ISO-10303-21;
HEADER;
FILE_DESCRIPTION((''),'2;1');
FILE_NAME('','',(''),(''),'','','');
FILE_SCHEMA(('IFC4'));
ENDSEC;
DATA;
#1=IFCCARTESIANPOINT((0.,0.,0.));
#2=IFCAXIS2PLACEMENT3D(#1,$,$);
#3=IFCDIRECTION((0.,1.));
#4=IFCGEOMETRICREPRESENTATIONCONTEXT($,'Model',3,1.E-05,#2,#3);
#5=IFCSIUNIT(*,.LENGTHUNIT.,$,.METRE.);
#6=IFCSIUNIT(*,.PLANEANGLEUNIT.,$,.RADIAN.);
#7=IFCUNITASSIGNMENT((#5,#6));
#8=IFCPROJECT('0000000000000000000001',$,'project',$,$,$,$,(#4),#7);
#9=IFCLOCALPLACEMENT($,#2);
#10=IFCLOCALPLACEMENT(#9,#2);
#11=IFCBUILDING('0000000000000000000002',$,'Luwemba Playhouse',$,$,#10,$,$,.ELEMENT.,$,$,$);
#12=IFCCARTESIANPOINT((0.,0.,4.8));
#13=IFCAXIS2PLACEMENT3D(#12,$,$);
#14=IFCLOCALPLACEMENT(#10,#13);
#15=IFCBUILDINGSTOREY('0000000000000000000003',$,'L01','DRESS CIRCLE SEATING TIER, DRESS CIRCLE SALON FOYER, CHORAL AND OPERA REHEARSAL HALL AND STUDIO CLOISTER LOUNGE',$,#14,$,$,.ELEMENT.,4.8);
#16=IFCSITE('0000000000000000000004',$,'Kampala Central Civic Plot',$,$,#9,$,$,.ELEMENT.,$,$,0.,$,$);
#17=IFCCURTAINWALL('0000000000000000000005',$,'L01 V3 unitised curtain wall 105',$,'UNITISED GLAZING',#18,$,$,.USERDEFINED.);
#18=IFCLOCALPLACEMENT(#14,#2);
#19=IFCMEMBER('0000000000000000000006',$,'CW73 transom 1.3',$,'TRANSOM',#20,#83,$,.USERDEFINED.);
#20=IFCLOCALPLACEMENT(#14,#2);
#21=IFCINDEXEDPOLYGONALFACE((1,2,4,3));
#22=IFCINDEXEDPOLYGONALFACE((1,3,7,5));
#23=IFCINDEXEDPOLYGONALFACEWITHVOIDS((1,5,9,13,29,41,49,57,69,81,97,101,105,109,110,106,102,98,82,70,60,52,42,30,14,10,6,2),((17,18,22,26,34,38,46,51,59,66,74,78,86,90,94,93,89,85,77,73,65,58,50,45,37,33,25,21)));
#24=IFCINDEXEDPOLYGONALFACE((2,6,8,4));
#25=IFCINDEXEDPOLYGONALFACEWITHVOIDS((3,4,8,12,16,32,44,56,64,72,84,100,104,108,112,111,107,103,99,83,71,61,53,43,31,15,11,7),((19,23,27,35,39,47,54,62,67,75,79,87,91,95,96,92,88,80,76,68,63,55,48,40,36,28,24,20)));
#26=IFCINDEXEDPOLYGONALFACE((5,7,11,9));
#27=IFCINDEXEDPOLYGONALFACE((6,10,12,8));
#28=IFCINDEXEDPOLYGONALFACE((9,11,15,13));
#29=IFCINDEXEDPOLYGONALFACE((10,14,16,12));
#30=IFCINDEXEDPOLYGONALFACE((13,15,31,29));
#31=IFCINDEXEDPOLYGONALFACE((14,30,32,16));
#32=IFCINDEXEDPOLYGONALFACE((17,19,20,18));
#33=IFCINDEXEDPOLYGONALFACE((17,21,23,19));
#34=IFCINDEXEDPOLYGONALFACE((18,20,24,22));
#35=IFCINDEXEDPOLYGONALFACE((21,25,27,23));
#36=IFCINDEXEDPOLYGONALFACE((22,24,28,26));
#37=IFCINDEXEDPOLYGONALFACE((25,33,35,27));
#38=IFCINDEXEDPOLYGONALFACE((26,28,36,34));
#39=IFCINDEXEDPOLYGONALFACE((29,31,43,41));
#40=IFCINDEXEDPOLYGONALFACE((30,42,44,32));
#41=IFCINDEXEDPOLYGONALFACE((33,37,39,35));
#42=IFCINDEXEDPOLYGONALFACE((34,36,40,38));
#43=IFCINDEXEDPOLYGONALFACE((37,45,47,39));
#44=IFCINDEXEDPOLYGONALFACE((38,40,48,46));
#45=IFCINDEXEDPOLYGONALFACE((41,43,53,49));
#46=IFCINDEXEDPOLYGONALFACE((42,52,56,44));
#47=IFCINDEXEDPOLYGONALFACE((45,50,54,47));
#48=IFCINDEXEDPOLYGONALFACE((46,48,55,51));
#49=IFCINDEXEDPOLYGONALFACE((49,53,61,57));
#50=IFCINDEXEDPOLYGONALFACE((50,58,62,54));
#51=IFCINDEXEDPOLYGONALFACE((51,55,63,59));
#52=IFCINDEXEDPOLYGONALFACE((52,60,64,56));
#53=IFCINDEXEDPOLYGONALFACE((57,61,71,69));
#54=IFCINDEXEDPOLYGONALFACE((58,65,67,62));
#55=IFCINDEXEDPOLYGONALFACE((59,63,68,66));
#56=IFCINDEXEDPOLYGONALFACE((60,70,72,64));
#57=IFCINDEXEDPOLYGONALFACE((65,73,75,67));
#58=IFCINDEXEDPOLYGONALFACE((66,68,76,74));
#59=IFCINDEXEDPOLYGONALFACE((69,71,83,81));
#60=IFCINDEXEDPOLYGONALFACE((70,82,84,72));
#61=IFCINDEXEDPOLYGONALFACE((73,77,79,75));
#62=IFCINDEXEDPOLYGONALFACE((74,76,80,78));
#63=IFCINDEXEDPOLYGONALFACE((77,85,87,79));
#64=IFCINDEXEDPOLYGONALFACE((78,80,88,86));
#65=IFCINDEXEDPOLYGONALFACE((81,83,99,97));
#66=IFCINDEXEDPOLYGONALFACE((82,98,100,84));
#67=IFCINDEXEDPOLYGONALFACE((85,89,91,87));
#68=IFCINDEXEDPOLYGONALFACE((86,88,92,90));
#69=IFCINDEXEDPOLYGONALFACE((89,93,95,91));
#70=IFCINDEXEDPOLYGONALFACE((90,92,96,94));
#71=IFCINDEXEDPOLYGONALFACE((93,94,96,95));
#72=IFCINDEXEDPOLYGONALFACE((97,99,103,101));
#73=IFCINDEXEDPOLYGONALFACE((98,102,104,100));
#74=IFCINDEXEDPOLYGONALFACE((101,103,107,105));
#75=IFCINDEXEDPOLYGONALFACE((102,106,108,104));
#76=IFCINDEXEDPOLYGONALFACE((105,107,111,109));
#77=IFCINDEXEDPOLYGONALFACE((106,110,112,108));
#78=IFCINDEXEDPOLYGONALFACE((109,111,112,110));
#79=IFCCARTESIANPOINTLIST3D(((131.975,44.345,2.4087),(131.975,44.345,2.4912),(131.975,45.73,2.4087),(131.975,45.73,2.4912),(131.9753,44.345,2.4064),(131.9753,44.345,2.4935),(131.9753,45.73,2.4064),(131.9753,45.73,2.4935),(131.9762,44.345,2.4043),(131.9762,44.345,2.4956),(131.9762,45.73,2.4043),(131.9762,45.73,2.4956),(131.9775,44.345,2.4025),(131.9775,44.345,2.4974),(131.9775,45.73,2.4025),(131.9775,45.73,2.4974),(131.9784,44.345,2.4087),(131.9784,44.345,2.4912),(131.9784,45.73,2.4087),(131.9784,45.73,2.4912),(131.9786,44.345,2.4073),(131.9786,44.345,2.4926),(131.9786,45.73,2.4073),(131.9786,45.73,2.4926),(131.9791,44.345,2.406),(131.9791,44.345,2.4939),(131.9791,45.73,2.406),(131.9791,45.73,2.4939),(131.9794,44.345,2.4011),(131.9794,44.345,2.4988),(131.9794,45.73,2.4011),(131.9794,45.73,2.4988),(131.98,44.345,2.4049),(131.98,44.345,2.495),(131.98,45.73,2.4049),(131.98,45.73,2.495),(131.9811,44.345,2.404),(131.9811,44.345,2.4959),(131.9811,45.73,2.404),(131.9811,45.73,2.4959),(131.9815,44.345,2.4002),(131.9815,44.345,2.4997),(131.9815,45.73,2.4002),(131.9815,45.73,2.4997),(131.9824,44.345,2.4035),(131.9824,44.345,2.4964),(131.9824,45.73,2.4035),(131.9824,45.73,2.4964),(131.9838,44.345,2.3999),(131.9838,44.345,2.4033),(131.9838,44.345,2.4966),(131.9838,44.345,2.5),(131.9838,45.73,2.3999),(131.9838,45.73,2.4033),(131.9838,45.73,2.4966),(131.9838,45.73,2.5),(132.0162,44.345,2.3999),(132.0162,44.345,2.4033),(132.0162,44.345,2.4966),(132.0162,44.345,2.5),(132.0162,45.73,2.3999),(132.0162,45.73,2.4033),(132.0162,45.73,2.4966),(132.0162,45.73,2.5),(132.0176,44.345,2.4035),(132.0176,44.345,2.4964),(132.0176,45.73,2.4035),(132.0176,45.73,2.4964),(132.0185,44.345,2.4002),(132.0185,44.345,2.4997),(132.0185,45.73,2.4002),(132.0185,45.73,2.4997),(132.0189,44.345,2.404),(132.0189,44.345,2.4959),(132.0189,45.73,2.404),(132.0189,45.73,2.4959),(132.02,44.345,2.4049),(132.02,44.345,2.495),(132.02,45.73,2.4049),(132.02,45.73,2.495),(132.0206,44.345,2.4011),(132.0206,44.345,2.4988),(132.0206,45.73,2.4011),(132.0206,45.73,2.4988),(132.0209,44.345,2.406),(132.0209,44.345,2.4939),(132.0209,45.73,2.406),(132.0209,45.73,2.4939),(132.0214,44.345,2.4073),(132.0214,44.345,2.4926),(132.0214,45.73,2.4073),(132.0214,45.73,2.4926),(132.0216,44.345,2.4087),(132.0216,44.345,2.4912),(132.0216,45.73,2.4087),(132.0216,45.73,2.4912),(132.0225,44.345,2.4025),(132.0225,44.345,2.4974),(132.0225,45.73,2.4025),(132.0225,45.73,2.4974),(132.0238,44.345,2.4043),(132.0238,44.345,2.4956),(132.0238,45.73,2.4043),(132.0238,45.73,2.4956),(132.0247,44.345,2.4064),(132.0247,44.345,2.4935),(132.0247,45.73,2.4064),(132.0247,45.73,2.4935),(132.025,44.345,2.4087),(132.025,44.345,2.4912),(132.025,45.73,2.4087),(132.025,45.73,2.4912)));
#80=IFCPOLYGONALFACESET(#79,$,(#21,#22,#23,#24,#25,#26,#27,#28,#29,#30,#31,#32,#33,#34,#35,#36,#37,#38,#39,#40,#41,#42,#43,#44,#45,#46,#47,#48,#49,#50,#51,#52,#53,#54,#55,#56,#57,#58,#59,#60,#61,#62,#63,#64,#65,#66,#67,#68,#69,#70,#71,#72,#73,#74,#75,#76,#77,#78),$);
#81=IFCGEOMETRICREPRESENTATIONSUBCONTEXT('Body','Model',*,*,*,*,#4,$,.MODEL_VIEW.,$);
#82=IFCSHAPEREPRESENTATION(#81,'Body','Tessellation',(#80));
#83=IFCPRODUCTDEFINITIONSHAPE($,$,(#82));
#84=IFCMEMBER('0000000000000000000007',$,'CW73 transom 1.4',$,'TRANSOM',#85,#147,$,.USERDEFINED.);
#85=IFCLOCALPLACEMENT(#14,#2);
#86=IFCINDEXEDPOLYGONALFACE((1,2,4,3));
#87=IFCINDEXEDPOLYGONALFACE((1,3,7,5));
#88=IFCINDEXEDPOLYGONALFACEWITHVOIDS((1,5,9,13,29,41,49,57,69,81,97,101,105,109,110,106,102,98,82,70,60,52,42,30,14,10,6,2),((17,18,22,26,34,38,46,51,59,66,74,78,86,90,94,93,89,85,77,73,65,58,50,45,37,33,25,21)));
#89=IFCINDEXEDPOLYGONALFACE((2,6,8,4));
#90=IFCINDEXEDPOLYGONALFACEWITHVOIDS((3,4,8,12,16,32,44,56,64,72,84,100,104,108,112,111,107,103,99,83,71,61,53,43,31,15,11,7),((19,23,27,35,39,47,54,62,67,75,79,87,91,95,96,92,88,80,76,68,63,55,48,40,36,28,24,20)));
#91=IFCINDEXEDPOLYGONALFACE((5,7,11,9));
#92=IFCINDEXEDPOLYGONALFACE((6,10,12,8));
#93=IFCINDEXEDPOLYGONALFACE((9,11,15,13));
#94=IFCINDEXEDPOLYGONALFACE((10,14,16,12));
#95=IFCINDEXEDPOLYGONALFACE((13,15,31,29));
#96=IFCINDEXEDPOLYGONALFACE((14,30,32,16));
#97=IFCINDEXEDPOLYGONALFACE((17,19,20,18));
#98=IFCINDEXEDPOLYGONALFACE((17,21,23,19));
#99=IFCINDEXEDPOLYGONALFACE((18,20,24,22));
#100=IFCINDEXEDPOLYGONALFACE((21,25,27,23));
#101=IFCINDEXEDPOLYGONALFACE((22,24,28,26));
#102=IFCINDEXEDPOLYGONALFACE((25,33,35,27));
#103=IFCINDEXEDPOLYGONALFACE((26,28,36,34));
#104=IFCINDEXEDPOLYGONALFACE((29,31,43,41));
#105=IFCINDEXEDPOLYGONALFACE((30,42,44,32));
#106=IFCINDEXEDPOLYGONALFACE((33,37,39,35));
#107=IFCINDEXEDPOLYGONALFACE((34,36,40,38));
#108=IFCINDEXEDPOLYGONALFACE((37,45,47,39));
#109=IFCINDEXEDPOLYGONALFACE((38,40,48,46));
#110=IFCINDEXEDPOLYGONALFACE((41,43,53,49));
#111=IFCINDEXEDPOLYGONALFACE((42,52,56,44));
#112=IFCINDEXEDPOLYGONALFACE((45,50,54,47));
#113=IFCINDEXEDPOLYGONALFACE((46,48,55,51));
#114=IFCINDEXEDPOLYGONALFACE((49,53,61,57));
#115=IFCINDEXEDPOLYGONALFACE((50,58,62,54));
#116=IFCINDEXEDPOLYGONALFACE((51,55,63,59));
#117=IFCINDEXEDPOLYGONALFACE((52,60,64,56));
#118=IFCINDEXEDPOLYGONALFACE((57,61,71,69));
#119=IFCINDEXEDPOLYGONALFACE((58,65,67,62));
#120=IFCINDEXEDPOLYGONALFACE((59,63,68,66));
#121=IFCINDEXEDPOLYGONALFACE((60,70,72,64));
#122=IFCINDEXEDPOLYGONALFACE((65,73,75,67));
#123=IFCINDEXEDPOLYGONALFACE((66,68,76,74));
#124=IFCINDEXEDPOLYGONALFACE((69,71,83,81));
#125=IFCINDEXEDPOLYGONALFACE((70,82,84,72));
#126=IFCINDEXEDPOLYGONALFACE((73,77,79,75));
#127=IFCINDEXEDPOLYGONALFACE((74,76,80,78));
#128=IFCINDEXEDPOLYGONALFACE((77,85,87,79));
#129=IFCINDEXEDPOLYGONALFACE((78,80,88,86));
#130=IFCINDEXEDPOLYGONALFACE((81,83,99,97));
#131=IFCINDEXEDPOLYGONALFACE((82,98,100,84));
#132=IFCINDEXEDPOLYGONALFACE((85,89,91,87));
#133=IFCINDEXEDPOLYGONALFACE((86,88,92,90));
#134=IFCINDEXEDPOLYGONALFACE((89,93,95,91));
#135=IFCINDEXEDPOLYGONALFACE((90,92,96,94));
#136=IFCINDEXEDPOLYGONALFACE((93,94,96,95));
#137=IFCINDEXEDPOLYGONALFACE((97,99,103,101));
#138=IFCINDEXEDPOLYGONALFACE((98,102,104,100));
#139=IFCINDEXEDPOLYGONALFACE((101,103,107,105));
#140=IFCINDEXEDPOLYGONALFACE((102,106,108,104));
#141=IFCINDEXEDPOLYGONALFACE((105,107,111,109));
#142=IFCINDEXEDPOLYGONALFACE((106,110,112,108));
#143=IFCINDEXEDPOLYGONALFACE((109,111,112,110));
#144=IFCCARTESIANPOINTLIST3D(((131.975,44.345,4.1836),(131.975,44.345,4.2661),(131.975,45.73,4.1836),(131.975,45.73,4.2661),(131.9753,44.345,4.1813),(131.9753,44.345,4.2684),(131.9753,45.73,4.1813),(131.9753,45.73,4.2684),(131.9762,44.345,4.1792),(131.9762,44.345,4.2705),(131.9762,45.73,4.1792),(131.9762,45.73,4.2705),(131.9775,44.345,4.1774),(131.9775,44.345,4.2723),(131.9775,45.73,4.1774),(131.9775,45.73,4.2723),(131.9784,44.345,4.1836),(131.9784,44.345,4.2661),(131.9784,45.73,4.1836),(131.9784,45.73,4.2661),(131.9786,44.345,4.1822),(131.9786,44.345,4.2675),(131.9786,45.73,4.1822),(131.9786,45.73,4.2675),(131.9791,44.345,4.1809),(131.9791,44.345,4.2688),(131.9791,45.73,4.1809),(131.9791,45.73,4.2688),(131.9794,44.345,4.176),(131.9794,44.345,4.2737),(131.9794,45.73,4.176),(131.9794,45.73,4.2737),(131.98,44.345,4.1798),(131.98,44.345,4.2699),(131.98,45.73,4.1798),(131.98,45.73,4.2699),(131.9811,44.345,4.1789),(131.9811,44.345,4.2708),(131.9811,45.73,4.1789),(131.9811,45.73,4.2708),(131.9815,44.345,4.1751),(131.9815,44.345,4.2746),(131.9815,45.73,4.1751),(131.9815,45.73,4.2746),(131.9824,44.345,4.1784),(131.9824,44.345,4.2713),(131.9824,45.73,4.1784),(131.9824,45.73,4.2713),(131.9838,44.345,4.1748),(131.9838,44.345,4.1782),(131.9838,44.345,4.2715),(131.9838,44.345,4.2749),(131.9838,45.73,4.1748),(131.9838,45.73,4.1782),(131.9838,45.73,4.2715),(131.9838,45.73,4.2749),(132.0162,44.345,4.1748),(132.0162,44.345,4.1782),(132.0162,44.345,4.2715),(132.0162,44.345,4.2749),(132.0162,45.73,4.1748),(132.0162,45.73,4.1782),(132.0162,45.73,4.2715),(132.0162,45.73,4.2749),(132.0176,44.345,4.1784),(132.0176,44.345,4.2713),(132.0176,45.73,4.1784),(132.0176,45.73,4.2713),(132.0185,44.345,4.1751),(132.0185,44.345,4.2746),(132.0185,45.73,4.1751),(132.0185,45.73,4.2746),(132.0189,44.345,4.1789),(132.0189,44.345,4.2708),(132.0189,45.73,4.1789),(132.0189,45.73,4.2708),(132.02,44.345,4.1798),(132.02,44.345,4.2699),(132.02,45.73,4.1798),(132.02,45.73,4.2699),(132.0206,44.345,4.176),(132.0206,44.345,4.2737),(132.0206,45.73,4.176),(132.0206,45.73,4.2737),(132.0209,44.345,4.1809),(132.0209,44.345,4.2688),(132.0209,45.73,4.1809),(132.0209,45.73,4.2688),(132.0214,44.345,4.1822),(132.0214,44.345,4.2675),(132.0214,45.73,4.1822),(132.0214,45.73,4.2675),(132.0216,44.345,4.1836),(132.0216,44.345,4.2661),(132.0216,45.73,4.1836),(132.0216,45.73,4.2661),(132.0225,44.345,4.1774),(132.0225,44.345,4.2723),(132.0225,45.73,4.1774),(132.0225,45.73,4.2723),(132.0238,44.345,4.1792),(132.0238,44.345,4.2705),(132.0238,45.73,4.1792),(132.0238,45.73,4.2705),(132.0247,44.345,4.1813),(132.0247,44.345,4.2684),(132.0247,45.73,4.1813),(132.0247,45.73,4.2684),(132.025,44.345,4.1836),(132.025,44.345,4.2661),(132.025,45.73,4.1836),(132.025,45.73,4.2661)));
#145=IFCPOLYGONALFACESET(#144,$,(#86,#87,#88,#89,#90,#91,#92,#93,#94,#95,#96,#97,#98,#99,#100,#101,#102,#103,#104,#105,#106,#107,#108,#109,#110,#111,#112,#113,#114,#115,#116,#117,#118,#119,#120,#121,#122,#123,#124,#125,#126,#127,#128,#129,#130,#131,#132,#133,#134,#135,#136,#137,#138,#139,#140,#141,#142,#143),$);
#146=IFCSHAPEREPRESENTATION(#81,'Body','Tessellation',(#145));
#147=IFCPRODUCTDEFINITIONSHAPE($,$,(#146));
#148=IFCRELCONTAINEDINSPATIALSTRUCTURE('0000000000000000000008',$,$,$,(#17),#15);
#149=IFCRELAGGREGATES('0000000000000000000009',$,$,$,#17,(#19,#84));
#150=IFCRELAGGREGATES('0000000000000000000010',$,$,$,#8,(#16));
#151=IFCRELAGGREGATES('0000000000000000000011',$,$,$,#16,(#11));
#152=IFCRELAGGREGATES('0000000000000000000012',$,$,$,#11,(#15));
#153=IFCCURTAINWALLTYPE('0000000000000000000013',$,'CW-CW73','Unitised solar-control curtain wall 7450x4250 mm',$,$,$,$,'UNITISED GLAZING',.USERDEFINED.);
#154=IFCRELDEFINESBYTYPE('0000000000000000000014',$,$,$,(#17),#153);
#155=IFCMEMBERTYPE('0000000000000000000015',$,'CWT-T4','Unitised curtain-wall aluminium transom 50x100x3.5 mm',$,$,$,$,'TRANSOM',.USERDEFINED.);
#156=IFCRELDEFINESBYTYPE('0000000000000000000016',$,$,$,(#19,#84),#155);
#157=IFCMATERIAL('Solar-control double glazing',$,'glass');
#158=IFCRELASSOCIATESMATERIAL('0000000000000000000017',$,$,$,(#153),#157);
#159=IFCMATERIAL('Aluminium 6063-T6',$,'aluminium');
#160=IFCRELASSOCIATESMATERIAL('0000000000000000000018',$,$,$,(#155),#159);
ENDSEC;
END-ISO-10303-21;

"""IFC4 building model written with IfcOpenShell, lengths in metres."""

from ifc_helpers import new_model, si_unit, direction, frame, origin, origin_2d, place, context, subcontext, project, spatial, hollow_rectangle, extrude, material, material_profile, profile_set, type_object, element, aggregate, save


model = new_model("IFC4")

# Units and contexts
model_context = context("Model", 3, precision=1e-05, world=origin(), true_north=direction((0.0, 1.0)))
body_context = subcontext(model_context, "Body", "Model", "MODEL_VIEW")
ifc_project = project(units=[si_unit("LENGTHUNIT", "METRE"), si_unit("PLANEANGLEUNIT", "RADIAN")], contexts=[model_context])

# Site, building, storey
site_placement = place(None, origin())
site = spatial("IfcSite", under=ifc_project, at=site_placement, Name="Kampala Central Civic Plot", CompositionType="ELEMENT", RefElevation=0.0)
building_placement = place(site_placement, origin())
building = spatial("IfcBuilding", under=site, at=building_placement, Name="Luwemba Playhouse", CompositionType="ELEMENT")
storey_placement = place(building_placement, frame((0.0, 0.0, 4.8)))
storey = spatial("IfcBuildingStorey", under=building, at=storey_placement, Name="L01", Description="DRESS CIRCLE SEATING TIER, DRESS CIRCLE SALON FOYER, CHORAL AND OPERA REHEARSAL HALL AND STUDIO CLOISTER LOUNGE", CompositionType="ELEMENT", Elevation=4.8)

# Curtain wall, members
ifc_material_1 = material(Name="Solar-control double glazing", Category="glass")
curtain_wall_type = type_object("IfcCurtainWallType", Name="CW-CW73", Description="Unitised solar-control curtain wall 7450x4250 mm", ElementType="UNITISED GLAZING", PredefinedType="USERDEFINED", material=ifc_material_1)
curtain_wall_placement = place(storey_placement, origin())
curtain_wall = element("IfcCurtainWall", 1, at=curtain_wall_placement, inside=storey, type_object=curtain_wall_type, Name="L01 V3 unitised curtain wall 105", ObjectType="UNITISED GLAZING", PredefinedType="USERDEFINED")
ifc_material_2 = material(Name="Aluminium 6063-T6", Category="aluminium")
ifc_material_profile_1 = material_profile(ifc_material_2, hollow_rectangle(XDim=0.05, YDim=0.1001, WallThickness=0.0034, InnerFilletRadius=0.0054, OuterFilletRadius=0.0088, at=origin_2d()))
ifc_profile_set_1 = profile_set([ifc_material_profile_1], Name="Aluminium 6063-T6")
member_type_1 = type_object("IfcMemberType", Name="CWT-T4", Description="Unitised curtain-wall aluminium transom 50x100x3.5 mm", ElementType="TRANSOM", PredefinedType="USERDEFINED", material=ifc_profile_set_1)
member_1_placement = place(storey_placement, frame((132.0, 44.345, 2.45), z_axis=(0.0, 1.0, 0.0), x_axis=(-1.0, 0.0, 0.0)))
member_1 = element("IfcMember", 2, at=member_1_placement, type_object=member_type_1, Name="CW73 transom 1.3", ObjectType="TRANSOM", PredefinedType="USERDEFINED", context=body_context, shape_type="SweptSolid", body=[
    extrude(hollow_rectangle(XDim=0.05, YDim=0.1001, WallThickness=0.0034, InnerFilletRadius=0.0054, OuterFilletRadius=0.0088, at=origin_2d()), origin(), (0.0, 0.0, 1.0), 1.385),
])
member_2_placement = place(storey_placement, frame((132.0, 44.345, 4.2249), z_axis=(0.0, 1.0, 0.0), x_axis=(-1.0, 0.0, 0.0)))
member_2 = element("IfcMember", 3, at=member_2_placement, type_object=member_type_1, Name="CW73 transom 1.4", ObjectType="TRANSOM", PredefinedType="USERDEFINED", context=body_context, shape_type="SweptSolid", body=[
    extrude(hollow_rectangle(XDim=0.05, YDim=0.1001, WallThickness=0.0034, InnerFilletRadius=0.0054, OuterFilletRadius=0.0088, at=origin_2d()), origin(), (0.0, 0.0, 1.0), 1.385),
])
aggregate(curtain_wall, [member_1, member_2])

save(model, "model.ifc")
